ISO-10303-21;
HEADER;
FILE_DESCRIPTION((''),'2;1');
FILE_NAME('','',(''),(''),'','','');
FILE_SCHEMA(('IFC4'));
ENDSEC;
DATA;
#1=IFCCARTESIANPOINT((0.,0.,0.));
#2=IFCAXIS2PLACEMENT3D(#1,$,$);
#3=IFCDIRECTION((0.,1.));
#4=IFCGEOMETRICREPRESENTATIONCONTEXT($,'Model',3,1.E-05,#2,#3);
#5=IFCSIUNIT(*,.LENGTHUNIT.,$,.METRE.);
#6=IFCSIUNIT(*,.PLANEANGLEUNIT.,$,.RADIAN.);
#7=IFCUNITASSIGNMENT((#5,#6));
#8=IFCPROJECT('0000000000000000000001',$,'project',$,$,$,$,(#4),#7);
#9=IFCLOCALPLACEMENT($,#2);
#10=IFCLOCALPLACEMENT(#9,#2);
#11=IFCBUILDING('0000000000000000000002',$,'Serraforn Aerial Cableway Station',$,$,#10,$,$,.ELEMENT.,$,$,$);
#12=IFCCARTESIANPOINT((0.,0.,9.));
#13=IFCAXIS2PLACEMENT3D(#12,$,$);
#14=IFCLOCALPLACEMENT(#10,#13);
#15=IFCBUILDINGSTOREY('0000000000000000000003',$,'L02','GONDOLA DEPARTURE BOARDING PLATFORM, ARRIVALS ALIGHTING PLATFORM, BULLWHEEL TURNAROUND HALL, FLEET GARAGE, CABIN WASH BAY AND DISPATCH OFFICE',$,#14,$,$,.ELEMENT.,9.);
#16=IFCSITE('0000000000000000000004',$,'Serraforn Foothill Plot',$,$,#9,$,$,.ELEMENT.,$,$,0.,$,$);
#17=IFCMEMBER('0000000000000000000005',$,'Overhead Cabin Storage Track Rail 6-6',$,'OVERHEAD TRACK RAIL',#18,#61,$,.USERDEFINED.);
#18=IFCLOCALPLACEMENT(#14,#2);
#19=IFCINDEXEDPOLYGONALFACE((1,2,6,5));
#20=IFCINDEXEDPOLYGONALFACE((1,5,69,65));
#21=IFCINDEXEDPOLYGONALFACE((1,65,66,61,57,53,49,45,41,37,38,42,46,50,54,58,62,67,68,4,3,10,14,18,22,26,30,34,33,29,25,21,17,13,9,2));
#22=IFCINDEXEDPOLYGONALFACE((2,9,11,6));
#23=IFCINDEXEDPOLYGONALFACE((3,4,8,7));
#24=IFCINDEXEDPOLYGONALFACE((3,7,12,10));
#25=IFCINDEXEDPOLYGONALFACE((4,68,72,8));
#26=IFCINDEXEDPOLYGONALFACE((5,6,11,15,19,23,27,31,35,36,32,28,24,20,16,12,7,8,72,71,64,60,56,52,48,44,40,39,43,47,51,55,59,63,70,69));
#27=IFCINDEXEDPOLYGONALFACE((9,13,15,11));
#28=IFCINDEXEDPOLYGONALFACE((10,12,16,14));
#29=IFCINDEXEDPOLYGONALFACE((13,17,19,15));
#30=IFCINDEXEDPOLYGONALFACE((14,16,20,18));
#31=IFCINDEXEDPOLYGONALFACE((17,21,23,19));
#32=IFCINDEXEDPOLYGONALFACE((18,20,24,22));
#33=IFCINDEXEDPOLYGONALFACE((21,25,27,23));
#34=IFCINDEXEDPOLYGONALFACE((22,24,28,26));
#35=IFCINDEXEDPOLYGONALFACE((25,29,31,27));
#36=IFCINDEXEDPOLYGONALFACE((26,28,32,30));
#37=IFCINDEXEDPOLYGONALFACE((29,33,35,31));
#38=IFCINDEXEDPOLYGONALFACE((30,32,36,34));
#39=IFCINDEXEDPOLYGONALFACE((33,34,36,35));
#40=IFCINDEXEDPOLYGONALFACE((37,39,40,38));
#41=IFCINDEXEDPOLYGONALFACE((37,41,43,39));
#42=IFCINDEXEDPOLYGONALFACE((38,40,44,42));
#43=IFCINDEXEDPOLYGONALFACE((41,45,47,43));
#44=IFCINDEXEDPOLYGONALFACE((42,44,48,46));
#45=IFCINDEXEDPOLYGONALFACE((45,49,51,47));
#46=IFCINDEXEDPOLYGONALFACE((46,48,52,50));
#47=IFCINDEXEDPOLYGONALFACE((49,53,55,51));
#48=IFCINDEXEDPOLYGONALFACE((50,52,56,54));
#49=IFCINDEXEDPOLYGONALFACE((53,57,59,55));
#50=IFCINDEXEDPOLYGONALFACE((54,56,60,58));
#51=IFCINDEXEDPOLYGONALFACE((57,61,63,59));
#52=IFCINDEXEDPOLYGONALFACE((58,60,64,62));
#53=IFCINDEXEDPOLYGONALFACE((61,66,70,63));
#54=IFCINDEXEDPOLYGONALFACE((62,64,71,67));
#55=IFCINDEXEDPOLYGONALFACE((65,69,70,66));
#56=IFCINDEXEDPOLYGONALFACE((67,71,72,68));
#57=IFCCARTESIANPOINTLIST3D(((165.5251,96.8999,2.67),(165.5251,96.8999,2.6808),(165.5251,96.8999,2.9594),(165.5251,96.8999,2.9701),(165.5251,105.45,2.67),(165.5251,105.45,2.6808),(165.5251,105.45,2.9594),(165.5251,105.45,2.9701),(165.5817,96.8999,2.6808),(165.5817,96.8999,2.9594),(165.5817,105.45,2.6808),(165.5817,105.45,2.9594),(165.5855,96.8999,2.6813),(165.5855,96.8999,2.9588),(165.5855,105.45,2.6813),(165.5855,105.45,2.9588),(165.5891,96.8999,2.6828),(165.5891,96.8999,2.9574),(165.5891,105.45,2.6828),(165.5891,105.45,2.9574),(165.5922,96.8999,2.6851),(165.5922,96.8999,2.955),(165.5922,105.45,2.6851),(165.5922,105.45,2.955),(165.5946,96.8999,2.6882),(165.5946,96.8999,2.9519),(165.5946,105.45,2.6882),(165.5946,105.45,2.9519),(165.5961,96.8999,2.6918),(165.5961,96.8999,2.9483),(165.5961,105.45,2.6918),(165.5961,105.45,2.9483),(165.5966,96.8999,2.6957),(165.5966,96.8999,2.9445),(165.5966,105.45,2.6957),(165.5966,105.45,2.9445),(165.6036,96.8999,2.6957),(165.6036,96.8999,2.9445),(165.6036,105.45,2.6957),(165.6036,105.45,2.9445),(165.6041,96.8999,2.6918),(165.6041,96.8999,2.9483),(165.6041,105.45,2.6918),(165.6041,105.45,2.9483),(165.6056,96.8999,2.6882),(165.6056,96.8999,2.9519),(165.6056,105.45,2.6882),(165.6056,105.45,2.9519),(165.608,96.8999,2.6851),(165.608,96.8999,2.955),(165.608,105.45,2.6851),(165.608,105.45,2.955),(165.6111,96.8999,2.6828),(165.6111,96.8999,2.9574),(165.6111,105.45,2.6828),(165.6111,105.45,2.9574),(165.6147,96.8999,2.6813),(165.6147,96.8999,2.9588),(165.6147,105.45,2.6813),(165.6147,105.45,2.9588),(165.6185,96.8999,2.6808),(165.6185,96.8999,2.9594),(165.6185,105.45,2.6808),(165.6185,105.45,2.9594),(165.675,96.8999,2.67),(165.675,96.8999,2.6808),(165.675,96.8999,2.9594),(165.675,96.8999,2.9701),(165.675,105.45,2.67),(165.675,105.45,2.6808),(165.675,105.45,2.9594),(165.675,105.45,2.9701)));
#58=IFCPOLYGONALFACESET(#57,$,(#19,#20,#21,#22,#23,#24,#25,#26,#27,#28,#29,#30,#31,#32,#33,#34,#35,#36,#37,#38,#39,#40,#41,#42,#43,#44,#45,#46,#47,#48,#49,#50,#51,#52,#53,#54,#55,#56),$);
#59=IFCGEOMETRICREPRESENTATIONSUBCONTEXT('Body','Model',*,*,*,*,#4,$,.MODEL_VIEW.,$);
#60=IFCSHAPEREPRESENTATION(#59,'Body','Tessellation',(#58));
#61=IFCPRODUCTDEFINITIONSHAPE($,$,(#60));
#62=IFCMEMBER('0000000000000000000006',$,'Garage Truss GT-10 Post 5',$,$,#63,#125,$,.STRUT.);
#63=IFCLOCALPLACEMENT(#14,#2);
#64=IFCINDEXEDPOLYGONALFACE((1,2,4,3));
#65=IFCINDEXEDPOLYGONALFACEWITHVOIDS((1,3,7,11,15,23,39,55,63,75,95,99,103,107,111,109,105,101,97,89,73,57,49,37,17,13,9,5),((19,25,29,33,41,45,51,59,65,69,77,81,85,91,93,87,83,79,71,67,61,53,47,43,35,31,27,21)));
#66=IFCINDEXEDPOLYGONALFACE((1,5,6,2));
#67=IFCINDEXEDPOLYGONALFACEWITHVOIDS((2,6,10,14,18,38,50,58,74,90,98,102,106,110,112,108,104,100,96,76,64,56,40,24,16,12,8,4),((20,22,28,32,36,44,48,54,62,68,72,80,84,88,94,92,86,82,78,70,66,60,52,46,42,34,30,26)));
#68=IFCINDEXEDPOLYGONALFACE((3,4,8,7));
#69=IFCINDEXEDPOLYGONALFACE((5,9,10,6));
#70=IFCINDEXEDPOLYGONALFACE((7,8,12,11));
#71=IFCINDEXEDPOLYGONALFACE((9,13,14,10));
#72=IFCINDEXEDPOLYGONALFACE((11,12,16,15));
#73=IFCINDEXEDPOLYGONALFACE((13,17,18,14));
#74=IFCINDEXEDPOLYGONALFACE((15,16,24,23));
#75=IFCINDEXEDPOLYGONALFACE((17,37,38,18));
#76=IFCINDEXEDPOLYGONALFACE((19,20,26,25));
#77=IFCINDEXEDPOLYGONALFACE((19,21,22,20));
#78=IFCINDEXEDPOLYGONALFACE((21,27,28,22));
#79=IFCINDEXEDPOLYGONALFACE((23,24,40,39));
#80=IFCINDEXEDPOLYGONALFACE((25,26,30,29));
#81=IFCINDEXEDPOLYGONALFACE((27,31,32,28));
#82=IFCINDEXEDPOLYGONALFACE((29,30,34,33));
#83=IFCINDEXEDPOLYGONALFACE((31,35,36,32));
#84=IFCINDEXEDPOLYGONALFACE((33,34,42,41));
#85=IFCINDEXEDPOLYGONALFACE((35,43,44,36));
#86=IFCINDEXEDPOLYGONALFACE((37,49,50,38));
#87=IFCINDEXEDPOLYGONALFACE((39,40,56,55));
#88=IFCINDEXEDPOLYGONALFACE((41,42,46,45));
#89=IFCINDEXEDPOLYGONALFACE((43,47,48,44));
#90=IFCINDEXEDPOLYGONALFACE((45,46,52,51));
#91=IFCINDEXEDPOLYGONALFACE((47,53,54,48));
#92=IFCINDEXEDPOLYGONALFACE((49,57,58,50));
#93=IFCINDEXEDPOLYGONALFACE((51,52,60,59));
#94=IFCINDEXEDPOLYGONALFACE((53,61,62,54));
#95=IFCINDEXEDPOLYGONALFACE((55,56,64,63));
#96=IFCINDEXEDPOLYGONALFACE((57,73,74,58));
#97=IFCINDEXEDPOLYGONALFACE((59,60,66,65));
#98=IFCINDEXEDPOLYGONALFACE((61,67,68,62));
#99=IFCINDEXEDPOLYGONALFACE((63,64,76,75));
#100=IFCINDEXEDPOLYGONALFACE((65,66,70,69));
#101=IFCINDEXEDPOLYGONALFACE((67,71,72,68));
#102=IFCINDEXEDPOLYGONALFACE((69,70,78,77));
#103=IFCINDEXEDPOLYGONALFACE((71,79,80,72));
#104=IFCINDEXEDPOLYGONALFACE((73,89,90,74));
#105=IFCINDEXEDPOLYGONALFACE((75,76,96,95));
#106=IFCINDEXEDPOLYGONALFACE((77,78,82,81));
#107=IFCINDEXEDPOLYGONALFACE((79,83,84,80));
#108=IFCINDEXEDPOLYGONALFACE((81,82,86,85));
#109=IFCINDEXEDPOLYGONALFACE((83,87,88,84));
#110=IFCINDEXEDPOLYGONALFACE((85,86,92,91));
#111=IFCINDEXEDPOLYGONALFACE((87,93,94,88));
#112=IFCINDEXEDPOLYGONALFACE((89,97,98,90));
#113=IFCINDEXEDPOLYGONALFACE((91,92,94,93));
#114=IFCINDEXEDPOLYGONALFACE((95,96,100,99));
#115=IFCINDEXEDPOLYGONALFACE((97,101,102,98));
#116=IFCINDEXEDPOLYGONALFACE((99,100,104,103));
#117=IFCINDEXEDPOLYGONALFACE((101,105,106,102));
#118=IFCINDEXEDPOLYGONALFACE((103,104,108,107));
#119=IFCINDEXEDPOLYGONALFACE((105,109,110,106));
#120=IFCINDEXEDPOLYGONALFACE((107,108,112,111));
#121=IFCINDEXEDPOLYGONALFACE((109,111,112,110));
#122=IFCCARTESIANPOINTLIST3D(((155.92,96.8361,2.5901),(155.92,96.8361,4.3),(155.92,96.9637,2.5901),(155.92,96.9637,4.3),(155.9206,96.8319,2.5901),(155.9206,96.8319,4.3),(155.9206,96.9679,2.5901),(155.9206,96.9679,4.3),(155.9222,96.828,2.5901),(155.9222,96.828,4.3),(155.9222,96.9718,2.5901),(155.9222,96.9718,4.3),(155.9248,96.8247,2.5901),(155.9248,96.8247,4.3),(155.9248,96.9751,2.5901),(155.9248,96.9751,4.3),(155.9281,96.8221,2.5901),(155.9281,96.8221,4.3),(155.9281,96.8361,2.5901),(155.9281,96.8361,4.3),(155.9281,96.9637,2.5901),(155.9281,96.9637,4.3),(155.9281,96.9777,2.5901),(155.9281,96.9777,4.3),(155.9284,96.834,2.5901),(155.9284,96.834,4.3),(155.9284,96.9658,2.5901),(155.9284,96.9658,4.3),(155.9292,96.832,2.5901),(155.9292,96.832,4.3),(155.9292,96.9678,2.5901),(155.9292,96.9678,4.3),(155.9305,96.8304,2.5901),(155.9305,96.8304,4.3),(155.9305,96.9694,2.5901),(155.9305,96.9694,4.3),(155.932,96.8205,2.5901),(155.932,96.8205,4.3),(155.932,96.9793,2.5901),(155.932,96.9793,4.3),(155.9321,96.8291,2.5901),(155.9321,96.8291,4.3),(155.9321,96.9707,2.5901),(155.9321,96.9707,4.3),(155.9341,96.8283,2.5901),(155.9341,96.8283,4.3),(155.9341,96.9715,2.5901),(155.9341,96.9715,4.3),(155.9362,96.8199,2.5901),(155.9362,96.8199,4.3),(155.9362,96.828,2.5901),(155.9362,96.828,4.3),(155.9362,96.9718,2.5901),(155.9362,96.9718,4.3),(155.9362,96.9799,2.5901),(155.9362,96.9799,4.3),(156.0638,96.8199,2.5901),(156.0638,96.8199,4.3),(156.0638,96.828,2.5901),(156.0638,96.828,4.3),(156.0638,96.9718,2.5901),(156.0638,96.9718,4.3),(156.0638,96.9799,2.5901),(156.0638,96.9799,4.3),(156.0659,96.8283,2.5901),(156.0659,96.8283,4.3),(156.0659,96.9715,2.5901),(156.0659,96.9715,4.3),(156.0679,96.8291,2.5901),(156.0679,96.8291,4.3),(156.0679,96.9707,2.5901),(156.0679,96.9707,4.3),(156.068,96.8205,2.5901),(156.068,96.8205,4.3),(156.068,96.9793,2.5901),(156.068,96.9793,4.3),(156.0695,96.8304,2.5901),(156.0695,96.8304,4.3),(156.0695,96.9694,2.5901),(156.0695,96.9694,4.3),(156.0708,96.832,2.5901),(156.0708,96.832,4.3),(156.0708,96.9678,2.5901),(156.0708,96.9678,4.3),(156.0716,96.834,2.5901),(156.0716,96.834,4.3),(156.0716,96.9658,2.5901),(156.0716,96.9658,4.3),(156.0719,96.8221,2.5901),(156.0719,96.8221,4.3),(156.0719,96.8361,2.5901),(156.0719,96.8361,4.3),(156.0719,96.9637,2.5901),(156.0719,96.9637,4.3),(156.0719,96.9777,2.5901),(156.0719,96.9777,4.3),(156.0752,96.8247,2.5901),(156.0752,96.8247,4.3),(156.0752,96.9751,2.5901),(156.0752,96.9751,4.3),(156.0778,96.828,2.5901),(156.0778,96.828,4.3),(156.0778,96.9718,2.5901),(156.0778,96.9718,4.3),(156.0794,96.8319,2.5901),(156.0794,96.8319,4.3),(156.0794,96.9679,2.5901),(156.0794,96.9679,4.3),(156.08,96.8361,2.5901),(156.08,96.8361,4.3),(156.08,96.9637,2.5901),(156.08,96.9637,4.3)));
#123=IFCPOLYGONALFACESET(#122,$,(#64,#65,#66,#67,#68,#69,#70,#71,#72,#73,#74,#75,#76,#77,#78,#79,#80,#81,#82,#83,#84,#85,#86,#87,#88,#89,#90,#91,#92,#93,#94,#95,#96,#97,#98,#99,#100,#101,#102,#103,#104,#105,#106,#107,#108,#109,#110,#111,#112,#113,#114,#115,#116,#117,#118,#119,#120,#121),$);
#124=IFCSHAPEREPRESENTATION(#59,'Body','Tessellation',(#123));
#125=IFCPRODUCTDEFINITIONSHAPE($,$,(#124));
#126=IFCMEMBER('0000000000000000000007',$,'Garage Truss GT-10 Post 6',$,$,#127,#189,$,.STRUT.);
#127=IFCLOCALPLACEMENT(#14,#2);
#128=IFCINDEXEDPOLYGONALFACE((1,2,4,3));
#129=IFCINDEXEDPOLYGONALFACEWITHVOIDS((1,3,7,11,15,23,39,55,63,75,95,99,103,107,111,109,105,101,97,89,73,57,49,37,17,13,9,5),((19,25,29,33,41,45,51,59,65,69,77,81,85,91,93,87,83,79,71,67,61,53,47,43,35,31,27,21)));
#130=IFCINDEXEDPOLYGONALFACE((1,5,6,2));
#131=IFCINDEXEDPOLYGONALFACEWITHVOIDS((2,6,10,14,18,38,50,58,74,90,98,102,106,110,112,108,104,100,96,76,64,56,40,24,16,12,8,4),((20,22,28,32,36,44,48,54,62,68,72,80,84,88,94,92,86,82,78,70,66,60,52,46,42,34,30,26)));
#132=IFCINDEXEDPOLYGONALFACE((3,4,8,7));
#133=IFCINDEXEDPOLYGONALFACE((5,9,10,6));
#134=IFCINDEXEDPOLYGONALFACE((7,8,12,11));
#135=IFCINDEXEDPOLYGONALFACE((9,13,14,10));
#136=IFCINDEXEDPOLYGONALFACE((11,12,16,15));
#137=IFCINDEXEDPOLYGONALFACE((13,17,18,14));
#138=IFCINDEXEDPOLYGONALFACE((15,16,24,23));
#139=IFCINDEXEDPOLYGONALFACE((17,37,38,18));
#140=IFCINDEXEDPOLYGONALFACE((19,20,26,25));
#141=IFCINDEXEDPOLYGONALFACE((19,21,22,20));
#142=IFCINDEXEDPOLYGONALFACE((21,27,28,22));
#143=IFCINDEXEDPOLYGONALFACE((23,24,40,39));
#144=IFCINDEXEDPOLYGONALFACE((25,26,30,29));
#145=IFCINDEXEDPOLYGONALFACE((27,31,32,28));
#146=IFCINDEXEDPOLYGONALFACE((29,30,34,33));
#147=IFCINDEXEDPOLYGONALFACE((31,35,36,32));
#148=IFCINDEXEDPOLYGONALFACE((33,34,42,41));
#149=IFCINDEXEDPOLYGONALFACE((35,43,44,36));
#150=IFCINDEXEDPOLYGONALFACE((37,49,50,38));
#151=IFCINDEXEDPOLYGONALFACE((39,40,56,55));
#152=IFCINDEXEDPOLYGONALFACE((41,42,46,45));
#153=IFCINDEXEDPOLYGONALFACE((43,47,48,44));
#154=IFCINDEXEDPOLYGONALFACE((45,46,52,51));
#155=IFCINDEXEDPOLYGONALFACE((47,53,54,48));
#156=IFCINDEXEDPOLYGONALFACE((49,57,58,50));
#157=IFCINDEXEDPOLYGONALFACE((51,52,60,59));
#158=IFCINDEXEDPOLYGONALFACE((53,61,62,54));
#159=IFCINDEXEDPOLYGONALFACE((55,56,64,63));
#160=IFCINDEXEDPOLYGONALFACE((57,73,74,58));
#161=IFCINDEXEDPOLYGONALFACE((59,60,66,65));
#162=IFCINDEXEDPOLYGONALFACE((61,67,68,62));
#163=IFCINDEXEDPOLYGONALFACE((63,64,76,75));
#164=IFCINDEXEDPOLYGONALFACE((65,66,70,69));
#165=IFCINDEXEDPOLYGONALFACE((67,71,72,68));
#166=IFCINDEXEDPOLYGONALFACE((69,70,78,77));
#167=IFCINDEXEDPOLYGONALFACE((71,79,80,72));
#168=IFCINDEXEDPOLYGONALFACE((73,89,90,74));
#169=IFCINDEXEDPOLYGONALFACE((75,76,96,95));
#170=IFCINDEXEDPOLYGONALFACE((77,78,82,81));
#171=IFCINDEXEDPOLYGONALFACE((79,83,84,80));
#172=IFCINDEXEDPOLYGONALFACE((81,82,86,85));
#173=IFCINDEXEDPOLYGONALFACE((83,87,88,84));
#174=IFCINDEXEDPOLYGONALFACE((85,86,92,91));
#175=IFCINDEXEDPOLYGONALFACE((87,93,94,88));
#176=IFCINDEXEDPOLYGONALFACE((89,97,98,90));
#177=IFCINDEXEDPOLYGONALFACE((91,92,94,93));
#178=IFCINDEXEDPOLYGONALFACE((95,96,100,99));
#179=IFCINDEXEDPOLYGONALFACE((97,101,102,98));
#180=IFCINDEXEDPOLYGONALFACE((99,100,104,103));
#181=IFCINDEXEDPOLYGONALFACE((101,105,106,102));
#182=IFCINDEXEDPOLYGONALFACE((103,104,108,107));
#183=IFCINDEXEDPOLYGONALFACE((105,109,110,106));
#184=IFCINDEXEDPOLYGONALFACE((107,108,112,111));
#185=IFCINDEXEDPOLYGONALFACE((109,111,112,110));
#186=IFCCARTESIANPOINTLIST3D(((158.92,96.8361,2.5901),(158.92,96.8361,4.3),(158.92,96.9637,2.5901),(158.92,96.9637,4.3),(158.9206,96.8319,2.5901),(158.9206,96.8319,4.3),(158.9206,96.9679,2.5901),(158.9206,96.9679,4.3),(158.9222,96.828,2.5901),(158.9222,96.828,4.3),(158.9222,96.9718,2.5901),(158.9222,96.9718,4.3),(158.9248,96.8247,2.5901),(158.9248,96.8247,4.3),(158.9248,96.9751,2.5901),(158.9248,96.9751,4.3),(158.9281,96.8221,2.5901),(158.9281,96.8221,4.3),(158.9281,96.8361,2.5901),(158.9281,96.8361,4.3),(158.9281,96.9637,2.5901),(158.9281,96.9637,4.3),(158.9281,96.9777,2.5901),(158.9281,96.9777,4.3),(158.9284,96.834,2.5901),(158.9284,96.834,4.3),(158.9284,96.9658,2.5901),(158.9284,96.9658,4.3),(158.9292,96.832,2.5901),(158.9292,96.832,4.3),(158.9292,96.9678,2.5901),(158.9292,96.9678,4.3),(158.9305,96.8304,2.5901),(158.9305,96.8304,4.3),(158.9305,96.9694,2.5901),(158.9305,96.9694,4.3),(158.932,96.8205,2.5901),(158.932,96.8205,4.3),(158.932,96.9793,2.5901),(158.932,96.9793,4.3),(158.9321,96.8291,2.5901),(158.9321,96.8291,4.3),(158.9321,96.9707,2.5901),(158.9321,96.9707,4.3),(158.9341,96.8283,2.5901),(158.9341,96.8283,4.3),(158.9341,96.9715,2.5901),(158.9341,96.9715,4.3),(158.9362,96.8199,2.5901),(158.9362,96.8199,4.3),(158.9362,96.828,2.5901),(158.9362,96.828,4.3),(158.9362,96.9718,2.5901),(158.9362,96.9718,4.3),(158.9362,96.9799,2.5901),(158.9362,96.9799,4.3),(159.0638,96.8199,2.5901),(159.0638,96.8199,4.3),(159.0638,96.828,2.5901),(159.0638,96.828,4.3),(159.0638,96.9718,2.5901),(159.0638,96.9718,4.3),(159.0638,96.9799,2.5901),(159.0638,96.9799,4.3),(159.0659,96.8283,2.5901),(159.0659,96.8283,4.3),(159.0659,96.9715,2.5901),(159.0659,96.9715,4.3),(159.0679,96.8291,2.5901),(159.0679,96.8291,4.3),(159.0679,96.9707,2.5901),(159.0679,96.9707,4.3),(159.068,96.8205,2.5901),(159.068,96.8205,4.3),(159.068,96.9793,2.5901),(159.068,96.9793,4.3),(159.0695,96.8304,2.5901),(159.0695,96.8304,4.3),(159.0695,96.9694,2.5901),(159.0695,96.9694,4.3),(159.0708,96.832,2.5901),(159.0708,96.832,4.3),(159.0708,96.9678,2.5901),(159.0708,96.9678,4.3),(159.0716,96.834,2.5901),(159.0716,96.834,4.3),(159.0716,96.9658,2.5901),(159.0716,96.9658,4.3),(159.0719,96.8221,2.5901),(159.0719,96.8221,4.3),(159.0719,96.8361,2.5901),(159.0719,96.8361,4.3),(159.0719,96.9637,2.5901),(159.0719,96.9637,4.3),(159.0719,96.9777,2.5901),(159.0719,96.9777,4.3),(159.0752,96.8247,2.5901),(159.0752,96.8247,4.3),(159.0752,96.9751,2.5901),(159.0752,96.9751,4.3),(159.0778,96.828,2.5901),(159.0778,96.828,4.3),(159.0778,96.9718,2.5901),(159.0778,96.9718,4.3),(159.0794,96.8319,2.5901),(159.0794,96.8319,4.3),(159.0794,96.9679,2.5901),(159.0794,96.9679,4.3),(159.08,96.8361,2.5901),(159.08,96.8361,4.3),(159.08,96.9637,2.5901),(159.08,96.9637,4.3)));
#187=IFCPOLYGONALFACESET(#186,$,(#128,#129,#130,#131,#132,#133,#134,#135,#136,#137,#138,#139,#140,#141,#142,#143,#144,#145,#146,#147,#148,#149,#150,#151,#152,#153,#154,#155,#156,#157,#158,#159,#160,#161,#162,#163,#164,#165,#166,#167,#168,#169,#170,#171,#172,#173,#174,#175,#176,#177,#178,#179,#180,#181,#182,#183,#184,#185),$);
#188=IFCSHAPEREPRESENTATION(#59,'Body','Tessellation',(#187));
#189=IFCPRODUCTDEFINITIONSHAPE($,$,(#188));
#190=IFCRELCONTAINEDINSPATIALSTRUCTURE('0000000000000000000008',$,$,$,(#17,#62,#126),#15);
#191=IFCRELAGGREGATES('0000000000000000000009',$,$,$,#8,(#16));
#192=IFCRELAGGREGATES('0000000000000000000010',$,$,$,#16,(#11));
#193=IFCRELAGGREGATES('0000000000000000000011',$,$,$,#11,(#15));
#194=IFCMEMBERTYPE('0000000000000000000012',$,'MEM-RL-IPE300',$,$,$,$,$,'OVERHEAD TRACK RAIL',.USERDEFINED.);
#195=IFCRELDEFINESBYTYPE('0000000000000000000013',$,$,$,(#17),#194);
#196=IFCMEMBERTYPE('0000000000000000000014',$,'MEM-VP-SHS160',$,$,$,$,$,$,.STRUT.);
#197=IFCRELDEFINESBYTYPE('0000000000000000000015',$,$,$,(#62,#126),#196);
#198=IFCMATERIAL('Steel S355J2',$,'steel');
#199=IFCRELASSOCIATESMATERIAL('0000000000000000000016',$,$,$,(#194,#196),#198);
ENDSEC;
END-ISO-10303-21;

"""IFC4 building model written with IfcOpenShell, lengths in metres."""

from ifc_helpers import new_model, si_unit, direction, frame, origin, origin_2d, place, context, subcontext, project, spatial, hollow_rectangle, i_section, extrude, material, material_profile, profile_set, type_object, element, save


model = new_model("IFC4")

# Units and contexts
model_context = context("Model", 3, precision=1e-05, world=origin(), true_north=direction((0.0, 1.0)))
body_context = subcontext(model_context, "Body", "Model", "MODEL_VIEW")
ifc_project = project(units=[si_unit("LENGTHUNIT", "METRE"), si_unit("PLANEANGLEUNIT", "RADIAN")], contexts=[model_context])

# Site, building, storey
site_placement = place(None, origin())
site = spatial("IfcSite", under=ifc_project, at=site_placement, Name="Serraforn Foothill Plot", CompositionType="ELEMENT", RefElevation=0.0)
building_placement = place(site_placement, origin())
building = spatial("IfcBuilding", under=site, at=building_placement, Name="Serraforn Aerial Cableway Station", CompositionType="ELEMENT")
storey_placement = place(building_placement, frame((0.0, 0.0, 9.0)))
storey = spatial("IfcBuildingStorey", under=building, at=storey_placement, Name="L02", Description="GONDOLA DEPARTURE BOARDING PLATFORM, ARRIVALS ALIGHTING PLATFORM, BULLWHEEL TURNAROUND HALL, FLEET GARAGE, CABIN WASH BAY AND DISPATCH OFFICE", CompositionType="ELEMENT", Elevation=9.0)

# Members
ifc_material_1 = material(Name="Steel S355J2", Category="steel")
ifc_material_profile_1 = material_profile(ifc_material_1, i_section(OverallWidth=0.1499, OverallDepth=0.3, WebThickness=0.0071, FlangeThickness=0.0107, FilletRadius=0.0149, at=origin_2d()), Name="IPE 300")
ifc_profile_set_1 = profile_set([ifc_material_profile_1], Name="Steel S355J2")
member_type_1 = type_object("IfcMemberType", Name="MEM-RL-IPE300", ElementType="OVERHEAD TRACK RAIL", PredefinedType="USERDEFINED", material=ifc_profile_set_1)
member_placement = place(storey_placement, frame((165.6001, 96.8999, 2.8201), z_axis=(0.0, 1.0, 0.0), x_axis=(-1.0, 0.0, 0.0)))
element("IfcMember", 1, at=member_placement, inside=storey, type_object=member_type_1, Name="Overhead Cabin Storage Track Rail 6-6", ObjectType="OVERHEAD TRACK RAIL", PredefinedType="USERDEFINED", context=body_context, shape_type="SweptSolid", body=[
    extrude(i_section(OverallWidth=0.1499, OverallDepth=0.3, WebThickness=0.0071, FlangeThickness=0.0107, FilletRadius=0.0149, at=origin_2d()), origin(), (0.0, 0.0, 1.0), 8.55),
])
ifc_material_profile_2 = material_profile(ifc_material_1, hollow_rectangle(XDim=0.1599, YDim=0.1599, WallThickness=0.0081, InnerFilletRadius=0.0081, OuterFilletRadius=0.0161, at=origin_2d()), Name="SHS 160x160x8.0")
ifc_profile_set_2 = profile_set([ifc_material_profile_2], Name="Steel S355J2")
member_type_2 = type_object("IfcMemberType", Name="MEM-VP-SHS160", PredefinedType="STRUT", material=ifc_profile_set_2)
for number, where, z_axis, x_axis, name in (
    (2, (156.0, 96.8999, 2.5901), (0.0, 0.0, 1.0), (1.0, 0.0, 0.0), "Garage Truss GT-10 Post 5"),
    (3, (159.0, 96.8999, 2.5901), (0.0, 0.0, 1.0), (1.0, 0.0, 0.0), "Garage Truss GT-10 Post 6"),
):
    element("IfcMember", number, at=place(storey_placement, frame(where, z_axis=z_axis, x_axis=x_axis)), inside=storey, type_object=member_type_2, Name=name, PredefinedType="STRUT", context=body_context, shape_type="SweptSolid", body=[
        extrude(hollow_rectangle(XDim=0.1599, YDim=0.1599, WallThickness=0.0081, InnerFilletRadius=0.0081, OuterFilletRadius=0.0161, at=origin_2d()), origin(), (0.0, 0.0, 1.0), 1.71),
    ])

save(model, "model.ifc")
